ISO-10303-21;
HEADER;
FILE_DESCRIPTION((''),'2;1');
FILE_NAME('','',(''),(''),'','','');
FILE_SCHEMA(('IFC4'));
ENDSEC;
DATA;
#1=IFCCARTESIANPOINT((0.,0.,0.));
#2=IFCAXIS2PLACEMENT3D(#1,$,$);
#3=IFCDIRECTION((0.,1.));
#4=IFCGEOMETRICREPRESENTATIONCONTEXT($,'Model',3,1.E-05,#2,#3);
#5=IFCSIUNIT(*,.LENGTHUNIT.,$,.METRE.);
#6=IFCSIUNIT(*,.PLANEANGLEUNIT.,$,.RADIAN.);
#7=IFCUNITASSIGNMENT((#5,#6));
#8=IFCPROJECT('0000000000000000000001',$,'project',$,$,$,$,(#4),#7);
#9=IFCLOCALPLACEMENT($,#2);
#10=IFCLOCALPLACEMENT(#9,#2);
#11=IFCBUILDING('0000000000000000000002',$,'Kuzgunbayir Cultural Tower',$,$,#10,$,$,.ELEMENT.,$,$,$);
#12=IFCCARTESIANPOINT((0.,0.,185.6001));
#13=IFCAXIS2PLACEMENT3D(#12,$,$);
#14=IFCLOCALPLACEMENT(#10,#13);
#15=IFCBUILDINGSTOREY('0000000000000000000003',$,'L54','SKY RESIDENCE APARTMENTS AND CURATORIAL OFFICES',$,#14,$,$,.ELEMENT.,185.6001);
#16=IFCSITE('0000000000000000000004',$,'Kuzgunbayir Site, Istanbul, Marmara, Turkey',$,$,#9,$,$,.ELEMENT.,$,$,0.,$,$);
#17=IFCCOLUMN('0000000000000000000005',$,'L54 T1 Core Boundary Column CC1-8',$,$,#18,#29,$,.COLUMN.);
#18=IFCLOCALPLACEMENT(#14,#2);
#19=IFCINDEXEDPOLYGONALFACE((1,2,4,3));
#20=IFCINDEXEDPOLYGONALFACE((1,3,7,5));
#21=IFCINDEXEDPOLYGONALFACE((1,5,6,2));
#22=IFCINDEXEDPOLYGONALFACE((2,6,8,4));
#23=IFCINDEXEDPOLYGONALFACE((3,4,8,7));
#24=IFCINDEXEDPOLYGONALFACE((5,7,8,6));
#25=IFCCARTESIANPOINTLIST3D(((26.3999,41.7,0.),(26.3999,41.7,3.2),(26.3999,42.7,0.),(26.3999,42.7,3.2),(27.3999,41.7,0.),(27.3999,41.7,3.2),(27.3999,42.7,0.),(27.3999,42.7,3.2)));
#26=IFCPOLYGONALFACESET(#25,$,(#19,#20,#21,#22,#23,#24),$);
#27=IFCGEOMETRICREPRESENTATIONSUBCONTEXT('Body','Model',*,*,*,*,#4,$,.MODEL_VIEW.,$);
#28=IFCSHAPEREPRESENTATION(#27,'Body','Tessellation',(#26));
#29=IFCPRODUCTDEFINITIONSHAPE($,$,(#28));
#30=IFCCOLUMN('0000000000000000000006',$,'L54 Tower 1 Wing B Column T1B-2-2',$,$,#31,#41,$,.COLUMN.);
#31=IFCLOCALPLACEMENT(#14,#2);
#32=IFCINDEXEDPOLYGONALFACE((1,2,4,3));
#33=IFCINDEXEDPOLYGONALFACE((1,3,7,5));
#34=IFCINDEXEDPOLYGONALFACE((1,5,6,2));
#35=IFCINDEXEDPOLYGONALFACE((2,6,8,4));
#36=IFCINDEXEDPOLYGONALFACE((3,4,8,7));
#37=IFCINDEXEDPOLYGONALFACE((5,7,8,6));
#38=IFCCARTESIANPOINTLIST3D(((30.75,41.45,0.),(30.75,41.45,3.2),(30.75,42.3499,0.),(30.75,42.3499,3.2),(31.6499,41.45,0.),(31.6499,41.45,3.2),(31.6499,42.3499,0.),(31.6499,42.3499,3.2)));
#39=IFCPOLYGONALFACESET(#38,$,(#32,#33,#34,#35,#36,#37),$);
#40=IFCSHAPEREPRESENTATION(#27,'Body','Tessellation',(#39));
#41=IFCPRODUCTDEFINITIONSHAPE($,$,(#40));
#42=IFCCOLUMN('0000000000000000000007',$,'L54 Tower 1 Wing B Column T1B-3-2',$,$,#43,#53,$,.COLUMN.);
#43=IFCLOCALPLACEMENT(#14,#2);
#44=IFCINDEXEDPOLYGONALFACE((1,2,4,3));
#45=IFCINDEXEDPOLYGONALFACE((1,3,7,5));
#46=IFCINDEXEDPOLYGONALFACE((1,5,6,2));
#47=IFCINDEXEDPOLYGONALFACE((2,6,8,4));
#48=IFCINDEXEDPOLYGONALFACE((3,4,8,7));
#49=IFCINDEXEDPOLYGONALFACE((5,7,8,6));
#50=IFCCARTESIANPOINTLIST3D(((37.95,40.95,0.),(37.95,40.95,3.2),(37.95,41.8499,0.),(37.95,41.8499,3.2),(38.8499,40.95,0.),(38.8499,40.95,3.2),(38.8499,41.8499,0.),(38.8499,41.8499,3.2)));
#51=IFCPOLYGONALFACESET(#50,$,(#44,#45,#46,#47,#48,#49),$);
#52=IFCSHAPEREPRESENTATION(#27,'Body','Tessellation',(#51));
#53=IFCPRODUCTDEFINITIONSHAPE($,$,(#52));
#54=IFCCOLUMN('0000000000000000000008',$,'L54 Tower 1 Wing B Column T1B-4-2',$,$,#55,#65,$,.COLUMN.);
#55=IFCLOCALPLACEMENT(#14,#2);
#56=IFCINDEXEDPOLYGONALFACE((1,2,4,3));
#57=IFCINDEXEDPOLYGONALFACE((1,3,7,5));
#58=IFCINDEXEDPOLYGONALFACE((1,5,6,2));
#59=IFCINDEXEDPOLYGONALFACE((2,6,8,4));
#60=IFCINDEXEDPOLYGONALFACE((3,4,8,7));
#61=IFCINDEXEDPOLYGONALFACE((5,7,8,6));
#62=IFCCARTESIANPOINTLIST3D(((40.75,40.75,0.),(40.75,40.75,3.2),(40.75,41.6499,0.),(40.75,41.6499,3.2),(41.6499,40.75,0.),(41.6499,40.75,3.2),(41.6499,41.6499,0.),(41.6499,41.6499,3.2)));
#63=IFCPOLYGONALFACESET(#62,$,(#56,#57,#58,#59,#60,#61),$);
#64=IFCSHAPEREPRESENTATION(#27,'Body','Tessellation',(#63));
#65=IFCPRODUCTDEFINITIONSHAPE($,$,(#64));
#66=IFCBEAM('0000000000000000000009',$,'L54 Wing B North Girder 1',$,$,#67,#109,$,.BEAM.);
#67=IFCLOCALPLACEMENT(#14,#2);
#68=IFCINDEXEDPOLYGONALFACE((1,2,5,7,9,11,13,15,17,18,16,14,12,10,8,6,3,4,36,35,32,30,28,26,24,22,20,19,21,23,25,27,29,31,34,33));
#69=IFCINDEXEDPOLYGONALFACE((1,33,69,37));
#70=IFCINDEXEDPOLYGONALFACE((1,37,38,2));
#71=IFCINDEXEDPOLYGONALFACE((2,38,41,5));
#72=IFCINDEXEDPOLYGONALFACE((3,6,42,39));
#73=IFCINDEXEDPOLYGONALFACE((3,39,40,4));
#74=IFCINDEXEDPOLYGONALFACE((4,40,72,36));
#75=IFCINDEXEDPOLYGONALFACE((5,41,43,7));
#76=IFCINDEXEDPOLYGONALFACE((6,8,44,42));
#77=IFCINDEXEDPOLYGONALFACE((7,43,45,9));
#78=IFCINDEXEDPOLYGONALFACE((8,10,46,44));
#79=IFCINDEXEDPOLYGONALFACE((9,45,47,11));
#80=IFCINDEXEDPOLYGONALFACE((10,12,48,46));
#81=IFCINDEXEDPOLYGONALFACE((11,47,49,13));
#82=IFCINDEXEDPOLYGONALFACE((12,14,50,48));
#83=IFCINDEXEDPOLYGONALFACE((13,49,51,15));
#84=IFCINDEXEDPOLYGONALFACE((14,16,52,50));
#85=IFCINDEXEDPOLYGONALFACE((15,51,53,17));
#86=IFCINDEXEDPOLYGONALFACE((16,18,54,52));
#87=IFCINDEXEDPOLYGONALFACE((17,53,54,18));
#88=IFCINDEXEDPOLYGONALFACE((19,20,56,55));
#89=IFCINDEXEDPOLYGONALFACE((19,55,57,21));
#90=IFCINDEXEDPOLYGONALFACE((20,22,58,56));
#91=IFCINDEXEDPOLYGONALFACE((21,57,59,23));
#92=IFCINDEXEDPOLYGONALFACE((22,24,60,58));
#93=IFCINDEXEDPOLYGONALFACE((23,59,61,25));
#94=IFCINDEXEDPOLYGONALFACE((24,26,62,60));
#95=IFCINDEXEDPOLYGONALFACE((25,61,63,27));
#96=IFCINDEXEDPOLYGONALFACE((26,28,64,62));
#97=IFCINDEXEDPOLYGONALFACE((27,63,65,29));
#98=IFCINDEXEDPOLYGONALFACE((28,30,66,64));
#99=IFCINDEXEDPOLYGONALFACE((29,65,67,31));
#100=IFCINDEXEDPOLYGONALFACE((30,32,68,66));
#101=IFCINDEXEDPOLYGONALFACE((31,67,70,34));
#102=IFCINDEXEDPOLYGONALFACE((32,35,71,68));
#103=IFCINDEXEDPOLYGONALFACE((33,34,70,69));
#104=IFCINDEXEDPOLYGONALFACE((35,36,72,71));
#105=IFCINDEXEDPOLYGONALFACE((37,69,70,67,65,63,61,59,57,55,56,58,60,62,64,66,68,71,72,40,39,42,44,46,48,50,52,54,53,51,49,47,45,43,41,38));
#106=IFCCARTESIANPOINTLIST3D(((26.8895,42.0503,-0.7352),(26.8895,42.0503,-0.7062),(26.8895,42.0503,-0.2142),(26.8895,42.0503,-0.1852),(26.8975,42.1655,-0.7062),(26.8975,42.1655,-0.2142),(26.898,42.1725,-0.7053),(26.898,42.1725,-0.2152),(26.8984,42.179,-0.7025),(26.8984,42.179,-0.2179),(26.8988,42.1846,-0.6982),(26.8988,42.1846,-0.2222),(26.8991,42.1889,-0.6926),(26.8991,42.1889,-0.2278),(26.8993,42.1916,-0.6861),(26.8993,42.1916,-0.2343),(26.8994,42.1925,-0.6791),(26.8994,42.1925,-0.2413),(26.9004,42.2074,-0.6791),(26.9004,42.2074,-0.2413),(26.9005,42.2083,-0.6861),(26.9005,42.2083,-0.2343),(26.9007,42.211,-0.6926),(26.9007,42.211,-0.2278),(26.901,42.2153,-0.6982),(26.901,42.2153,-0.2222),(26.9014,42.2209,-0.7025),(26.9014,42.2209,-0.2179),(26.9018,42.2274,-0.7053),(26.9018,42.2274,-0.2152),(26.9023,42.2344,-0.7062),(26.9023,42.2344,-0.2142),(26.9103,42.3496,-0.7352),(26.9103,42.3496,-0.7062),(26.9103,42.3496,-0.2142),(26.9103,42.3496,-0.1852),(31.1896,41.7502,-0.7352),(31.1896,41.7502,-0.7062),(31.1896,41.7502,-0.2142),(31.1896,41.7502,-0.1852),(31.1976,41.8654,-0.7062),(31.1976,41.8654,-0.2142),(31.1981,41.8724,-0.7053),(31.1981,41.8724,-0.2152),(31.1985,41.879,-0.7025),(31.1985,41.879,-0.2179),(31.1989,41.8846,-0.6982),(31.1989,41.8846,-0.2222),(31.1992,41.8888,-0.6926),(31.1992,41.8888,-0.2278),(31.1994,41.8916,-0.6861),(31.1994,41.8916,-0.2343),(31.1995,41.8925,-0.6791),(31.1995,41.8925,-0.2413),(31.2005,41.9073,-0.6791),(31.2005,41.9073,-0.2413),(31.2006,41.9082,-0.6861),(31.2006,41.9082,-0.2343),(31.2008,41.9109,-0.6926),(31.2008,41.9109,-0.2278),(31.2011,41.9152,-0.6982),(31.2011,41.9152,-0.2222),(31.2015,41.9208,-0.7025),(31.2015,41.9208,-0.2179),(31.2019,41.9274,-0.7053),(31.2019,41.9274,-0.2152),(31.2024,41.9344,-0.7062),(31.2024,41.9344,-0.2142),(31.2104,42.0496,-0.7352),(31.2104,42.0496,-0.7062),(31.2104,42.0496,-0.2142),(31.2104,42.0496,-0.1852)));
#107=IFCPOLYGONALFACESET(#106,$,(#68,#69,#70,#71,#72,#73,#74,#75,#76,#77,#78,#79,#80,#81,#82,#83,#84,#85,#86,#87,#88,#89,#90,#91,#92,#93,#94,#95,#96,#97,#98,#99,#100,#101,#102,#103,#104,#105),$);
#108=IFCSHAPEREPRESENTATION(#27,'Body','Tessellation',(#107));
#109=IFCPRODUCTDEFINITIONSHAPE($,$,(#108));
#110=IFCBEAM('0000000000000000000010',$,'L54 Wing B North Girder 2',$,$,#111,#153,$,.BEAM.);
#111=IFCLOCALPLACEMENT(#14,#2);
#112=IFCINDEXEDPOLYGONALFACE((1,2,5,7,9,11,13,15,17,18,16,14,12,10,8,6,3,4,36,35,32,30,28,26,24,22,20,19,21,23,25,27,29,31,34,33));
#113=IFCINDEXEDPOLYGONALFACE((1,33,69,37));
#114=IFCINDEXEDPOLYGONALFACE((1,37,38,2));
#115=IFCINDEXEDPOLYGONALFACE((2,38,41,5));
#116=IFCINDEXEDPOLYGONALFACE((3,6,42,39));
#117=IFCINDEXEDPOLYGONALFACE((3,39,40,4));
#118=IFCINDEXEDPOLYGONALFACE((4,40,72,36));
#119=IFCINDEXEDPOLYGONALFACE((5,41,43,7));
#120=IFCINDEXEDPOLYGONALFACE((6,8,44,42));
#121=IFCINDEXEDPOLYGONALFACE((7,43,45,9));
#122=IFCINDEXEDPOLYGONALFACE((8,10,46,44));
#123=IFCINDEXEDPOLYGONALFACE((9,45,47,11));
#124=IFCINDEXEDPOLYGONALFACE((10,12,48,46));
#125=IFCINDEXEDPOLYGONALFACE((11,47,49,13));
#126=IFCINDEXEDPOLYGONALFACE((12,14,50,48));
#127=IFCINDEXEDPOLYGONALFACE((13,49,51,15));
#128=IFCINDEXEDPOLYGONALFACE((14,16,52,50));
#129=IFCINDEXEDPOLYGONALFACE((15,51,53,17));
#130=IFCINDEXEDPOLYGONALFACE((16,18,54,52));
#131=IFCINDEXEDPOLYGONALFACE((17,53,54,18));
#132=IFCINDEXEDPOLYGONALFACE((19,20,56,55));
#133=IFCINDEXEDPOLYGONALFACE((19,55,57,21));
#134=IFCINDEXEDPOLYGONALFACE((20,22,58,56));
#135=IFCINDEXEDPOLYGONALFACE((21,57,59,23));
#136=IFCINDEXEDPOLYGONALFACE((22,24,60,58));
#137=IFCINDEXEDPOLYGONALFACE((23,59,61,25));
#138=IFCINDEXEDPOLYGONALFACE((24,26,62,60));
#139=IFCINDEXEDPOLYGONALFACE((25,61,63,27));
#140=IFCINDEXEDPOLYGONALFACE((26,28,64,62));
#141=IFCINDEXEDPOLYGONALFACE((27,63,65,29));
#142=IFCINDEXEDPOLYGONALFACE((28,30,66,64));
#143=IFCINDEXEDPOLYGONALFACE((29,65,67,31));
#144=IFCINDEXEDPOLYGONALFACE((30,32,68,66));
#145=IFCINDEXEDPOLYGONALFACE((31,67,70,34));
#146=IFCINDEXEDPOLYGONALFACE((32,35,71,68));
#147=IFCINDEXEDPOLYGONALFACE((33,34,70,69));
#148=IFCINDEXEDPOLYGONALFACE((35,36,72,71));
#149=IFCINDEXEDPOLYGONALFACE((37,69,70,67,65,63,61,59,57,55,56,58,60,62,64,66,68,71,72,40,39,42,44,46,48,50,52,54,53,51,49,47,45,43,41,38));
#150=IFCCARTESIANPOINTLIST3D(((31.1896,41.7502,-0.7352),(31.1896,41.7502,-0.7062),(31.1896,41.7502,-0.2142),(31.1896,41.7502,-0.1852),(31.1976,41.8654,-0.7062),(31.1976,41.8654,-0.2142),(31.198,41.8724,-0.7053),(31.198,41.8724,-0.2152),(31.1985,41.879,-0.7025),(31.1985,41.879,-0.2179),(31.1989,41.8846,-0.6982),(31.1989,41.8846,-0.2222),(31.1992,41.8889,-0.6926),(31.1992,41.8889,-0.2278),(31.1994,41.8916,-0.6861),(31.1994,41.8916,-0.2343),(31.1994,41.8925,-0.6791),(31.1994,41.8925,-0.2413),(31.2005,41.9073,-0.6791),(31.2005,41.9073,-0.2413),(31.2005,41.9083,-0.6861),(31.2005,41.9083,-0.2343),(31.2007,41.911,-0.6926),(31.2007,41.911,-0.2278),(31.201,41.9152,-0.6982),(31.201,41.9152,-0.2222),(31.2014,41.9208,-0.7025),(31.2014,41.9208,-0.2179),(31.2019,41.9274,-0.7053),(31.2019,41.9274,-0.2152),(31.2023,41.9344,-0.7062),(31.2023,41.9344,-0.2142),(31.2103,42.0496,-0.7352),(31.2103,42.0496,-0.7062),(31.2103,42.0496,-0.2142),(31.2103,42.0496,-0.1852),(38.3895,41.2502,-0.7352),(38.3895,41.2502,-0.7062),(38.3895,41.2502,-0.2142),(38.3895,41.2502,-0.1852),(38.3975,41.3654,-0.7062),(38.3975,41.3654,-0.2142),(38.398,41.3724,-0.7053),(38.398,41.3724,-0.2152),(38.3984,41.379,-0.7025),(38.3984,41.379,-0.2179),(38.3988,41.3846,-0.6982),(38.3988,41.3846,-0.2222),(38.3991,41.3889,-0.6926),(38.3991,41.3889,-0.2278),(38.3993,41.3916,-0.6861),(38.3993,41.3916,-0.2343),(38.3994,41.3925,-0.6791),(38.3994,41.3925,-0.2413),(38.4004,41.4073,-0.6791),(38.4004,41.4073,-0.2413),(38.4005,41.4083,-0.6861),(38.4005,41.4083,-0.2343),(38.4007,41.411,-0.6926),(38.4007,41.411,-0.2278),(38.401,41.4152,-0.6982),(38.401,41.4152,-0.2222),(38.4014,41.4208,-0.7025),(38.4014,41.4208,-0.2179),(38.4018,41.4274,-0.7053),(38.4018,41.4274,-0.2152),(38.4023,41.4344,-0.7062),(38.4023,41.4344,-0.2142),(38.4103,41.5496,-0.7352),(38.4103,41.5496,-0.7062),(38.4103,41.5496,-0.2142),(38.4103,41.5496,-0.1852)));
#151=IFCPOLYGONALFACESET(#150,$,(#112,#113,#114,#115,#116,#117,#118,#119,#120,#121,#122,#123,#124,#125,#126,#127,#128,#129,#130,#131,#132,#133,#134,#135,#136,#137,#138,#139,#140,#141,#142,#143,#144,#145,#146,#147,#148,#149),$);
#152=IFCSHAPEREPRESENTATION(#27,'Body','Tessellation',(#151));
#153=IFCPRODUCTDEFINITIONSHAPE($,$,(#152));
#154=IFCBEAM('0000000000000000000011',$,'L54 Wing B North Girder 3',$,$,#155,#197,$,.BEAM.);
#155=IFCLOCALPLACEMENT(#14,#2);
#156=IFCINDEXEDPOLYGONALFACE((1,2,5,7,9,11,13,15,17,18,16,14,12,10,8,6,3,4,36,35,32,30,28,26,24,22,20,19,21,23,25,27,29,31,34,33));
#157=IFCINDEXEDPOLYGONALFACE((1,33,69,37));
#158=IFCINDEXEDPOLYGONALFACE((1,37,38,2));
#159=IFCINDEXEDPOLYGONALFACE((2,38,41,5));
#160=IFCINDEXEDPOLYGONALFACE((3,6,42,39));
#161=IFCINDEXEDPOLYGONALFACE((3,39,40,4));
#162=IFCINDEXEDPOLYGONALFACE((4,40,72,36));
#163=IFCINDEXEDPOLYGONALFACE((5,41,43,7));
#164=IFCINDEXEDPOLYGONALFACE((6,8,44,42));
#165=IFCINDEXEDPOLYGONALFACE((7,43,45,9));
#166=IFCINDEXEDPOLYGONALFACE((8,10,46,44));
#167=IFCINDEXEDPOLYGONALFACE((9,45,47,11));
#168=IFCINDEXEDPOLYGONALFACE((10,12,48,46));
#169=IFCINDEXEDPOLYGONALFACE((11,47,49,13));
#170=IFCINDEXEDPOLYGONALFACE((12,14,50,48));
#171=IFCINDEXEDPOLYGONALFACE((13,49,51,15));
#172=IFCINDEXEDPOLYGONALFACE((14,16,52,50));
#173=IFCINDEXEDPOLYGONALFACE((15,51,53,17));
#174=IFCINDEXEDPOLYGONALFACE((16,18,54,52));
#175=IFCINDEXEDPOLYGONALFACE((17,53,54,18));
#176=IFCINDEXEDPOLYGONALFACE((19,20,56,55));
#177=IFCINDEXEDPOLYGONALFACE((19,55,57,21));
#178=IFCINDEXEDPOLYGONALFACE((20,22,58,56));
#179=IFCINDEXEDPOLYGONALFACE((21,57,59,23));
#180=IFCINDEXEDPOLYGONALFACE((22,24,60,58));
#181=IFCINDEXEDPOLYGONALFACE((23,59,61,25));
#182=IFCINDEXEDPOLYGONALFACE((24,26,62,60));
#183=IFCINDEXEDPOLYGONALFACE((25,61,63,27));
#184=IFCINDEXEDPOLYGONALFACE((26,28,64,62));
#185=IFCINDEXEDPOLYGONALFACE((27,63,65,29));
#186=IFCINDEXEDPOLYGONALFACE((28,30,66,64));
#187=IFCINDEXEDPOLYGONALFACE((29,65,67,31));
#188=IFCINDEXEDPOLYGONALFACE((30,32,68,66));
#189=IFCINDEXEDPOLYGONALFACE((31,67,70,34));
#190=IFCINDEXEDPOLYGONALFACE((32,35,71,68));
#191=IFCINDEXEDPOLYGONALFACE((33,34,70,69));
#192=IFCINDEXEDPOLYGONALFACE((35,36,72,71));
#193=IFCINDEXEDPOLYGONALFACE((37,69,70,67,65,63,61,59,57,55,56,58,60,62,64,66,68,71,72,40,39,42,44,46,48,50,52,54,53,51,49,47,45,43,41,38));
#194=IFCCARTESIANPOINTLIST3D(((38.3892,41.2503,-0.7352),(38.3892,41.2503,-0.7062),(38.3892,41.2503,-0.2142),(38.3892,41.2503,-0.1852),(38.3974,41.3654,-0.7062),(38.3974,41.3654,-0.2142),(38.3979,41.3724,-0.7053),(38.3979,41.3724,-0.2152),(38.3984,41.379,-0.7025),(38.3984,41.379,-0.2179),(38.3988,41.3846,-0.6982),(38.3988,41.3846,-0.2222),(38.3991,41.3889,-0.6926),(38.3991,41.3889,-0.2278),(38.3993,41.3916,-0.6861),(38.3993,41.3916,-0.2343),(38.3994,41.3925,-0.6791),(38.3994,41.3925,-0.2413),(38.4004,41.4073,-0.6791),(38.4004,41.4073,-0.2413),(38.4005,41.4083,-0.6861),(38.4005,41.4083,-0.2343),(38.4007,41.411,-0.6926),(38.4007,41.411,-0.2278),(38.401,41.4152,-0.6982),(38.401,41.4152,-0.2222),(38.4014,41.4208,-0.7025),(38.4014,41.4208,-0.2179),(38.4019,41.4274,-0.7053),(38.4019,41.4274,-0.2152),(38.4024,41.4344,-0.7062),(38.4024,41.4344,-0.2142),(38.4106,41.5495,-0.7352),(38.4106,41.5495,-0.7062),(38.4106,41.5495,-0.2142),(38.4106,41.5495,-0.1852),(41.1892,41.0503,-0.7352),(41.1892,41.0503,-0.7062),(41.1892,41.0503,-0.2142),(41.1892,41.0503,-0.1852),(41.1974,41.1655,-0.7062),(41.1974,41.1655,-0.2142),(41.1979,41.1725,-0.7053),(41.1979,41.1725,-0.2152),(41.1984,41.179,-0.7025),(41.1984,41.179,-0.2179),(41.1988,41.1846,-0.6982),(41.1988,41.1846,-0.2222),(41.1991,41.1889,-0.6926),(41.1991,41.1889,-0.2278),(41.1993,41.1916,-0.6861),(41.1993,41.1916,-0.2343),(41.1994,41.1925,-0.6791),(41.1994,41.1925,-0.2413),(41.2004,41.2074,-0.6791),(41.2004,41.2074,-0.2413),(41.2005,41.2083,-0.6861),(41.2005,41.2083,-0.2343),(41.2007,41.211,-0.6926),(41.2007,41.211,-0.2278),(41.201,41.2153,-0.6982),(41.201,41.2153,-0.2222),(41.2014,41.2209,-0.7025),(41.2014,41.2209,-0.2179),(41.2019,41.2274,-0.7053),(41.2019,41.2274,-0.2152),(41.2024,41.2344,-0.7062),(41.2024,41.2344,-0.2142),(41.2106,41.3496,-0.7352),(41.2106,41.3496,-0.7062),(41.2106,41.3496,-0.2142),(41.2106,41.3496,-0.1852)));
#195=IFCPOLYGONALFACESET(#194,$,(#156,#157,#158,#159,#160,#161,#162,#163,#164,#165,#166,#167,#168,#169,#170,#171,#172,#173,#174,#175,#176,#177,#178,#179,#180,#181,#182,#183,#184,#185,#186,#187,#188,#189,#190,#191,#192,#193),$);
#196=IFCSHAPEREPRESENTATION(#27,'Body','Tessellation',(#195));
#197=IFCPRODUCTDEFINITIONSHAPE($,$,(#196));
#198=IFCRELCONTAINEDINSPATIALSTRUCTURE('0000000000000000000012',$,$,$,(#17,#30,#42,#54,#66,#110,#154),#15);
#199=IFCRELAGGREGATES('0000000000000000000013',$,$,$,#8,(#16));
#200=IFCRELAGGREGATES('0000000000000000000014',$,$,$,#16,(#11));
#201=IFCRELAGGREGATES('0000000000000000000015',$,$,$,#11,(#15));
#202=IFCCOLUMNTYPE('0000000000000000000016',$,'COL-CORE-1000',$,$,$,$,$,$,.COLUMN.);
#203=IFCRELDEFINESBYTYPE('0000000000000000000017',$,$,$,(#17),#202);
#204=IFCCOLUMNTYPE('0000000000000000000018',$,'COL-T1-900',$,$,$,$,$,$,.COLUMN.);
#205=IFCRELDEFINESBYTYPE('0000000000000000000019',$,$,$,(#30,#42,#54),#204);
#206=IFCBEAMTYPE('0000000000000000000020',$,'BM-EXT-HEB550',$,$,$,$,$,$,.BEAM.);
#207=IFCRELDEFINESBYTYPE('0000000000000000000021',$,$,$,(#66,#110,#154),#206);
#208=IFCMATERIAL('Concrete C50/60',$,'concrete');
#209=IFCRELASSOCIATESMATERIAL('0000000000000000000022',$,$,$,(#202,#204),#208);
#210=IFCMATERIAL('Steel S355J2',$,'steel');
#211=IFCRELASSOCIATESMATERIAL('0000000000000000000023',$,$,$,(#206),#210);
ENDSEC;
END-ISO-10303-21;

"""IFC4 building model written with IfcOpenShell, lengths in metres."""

from ifc_helpers import new_model, si_unit, direction, frame, origin, origin_2d, place, context, subcontext, project, spatial, rectangle, i_section, extrude, material, material_profile, profile_set, type_object, element, save


model = new_model("IFC4")

# Units and contexts
model_context = context("Model", 3, precision=1e-05, world=origin(), true_north=direction((0.0, 1.0)))
body_context = subcontext(model_context, "Body", "Model", "MODEL_VIEW")
ifc_project = project(units=[si_unit("LENGTHUNIT", "METRE"), si_unit("PLANEANGLEUNIT", "RADIAN")], contexts=[model_context])

# Site, building, storey
site_placement = place(None, origin())
site = spatial("IfcSite", under=ifc_project, at=site_placement, Name="Kuzgunbayir Site, Istanbul, Marmara, Turkey", CompositionType="ELEMENT", RefElevation=0.0)
building_placement = place(site_placement, origin())
building = spatial("IfcBuilding", under=site, at=building_placement, Name="Kuzgunbayir Cultural Tower", CompositionType="ELEMENT")
storey_placement = place(building_placement, frame((0.0, 0.0, 185.6001)))
storey = spatial("IfcBuildingStorey", under=building, at=storey_placement, Name="L54", Description="SKY RESIDENCE APARTMENTS AND CURATORIAL OFFICES", CompositionType="ELEMENT", Elevation=185.6001)

# Columns
ifc_material_1 = material(Name="Concrete C50/60", Category="concrete")
ifc_material_profile_1 = material_profile(ifc_material_1, rectangle(XDim=1.0, YDim=1.0, at=origin_2d()), Name="RC 1000x1000")
ifc_profile_set_1 = profile_set([ifc_material_profile_1], Name="Concrete C50/60")
column_type_1 = type_object("IfcColumnType", Name="COL-CORE-1000", PredefinedType="COLUMN", material=ifc_profile_set_1)
column_placement = place(storey_placement, frame((26.8999, 42.2, 0.0), z_axis=(0.0, 0.0, 1.0), x_axis=(1.0, 0.0, 0.0)))
element("IfcColumn", 1, at=column_placement, inside=storey, type_object=column_type_1, Name="L54 T1 Core Boundary Column CC1-8", PredefinedType="COLUMN", context=body_context, shape_type="SweptSolid", body=[
    extrude(rectangle(XDim=1.0, YDim=1.0, at=origin_2d()), origin(), (0.0, 0.0, 1.0), 3.2),
])
ifc_material_profile_2 = material_profile(ifc_material_1, rectangle(XDim=0.8999, YDim=0.8999, at=origin_2d()), Name="RC 900x900")
ifc_profile_set_2 = profile_set([ifc_material_profile_2], Name="Concrete C50/60")
column_type_2 = type_object("IfcColumnType", Name="COL-T1-900", PredefinedType="COLUMN", material=ifc_profile_set_2)
for number, where, z_axis, x_axis, name in (
    (2, (31.2, 41.8999, 0.0), (0.0, 0.0, 1.0), (1.0, 0.0, 0.0), "L54 Tower 1 Wing B Column T1B-2-2"),
    (3, (38.3999, 41.3999, 0.0), (0.0, 0.0, 1.0), (1.0, 0.0, 0.0), "L54 Tower 1 Wing B Column T1B-3-2"),
    (4, (41.2, 41.2, 0.0), (0.0, 0.0, 1.0), (1.0, 0.0, 0.0), "L54 Tower 1 Wing B Column T1B-4-2"),
):
    element("IfcColumn", number, at=place(storey_placement, frame(where, z_axis=z_axis, x_axis=x_axis)), inside=storey, type_object=column_type_2, Name=name, PredefinedType="COLUMN", context=body_context, shape_type="SweptSolid", body=[
        extrude(rectangle(XDim=0.8999, YDim=0.8999, at=origin_2d()), origin(), (0.0, 0.0, 1.0), 3.2),
    ])

# Beams
ifc_material_2 = material(Name="Steel S355J2", Category="steel")
ifc_material_profile_3 = material_profile(ifc_material_2, i_section(OverallWidth=0.3, OverallDepth=0.55, WebThickness=0.0149, FlangeThickness=0.0291, FilletRadius=0.0271, at=origin_2d()), Name="HEB 550")
ifc_profile_set_3 = profile_set([ifc_material_profile_3], Name="Steel S355J2")
beam_type_1 = type_object("IfcBeamType", Name="BM-EXT-HEB550", PredefinedType="BEAM", material=ifc_profile_set_3)
beam_1_placement = place(storey_placement, frame((26.8999, 42.2, -0.4602), z_axis=(0.997574, -0.069609, 0.0), x_axis=(0.069609, 0.997574, 0.0)))
element("IfcBeam", 5, at=beam_1_placement, inside=storey, type_object=beam_type_1, Name="L54 Wing B North Girder 1", PredefinedType="BEAM", context=body_context, shape_type="SweptSolid", body=[
    extrude(i_section(OverallWidth=0.3, OverallDepth=0.55, WebThickness=0.0149, FlangeThickness=0.0291, FilletRadius=0.0271, at=origin_2d()), origin(), (0.0, 0.0, 1.0), 4.3105),
])
beam_2_placement = place(storey_placement, frame((31.2, 41.8999, -0.4602), z_axis=(0.997597, -0.069278, 0.0), x_axis=(0.069278, 0.997597, 0.0)))
element("IfcBeam", 6, at=beam_2_placement, inside=storey, type_object=beam_type_1, Name="L54 Wing B North Girder 2", PredefinedType="BEAM", context=body_context, shape_type="SweptSolid", body=[
    extrude(i_section(OverallWidth=0.3, OverallDepth=0.55, WebThickness=0.0149, FlangeThickness=0.0291, FilletRadius=0.0271, at=origin_2d()), origin(), (0.0, 0.0, 1.0), 7.2173),
])
beam_3_placement = place(storey_placement, frame((38.3999, 41.3999, -0.4602), z_axis=(0.99746, -0.071229, 0.0), x_axis=(0.071229, 0.99746, 0.0)))
element("IfcBeam", 7, at=beam_3_placement, inside=storey, type_object=beam_type_1, Name="L54 Wing B North Girder 3", PredefinedType="BEAM", context=body_context, shape_type="SweptSolid", body=[
    extrude(i_section(OverallWidth=0.3, OverallDepth=0.55, WebThickness=0.0149, FlangeThickness=0.0291, FilletRadius=0.0271, at=origin_2d()), origin(), (0.0, 0.0, 1.0), 2.8071),
])

save(model, "model.ifc")
